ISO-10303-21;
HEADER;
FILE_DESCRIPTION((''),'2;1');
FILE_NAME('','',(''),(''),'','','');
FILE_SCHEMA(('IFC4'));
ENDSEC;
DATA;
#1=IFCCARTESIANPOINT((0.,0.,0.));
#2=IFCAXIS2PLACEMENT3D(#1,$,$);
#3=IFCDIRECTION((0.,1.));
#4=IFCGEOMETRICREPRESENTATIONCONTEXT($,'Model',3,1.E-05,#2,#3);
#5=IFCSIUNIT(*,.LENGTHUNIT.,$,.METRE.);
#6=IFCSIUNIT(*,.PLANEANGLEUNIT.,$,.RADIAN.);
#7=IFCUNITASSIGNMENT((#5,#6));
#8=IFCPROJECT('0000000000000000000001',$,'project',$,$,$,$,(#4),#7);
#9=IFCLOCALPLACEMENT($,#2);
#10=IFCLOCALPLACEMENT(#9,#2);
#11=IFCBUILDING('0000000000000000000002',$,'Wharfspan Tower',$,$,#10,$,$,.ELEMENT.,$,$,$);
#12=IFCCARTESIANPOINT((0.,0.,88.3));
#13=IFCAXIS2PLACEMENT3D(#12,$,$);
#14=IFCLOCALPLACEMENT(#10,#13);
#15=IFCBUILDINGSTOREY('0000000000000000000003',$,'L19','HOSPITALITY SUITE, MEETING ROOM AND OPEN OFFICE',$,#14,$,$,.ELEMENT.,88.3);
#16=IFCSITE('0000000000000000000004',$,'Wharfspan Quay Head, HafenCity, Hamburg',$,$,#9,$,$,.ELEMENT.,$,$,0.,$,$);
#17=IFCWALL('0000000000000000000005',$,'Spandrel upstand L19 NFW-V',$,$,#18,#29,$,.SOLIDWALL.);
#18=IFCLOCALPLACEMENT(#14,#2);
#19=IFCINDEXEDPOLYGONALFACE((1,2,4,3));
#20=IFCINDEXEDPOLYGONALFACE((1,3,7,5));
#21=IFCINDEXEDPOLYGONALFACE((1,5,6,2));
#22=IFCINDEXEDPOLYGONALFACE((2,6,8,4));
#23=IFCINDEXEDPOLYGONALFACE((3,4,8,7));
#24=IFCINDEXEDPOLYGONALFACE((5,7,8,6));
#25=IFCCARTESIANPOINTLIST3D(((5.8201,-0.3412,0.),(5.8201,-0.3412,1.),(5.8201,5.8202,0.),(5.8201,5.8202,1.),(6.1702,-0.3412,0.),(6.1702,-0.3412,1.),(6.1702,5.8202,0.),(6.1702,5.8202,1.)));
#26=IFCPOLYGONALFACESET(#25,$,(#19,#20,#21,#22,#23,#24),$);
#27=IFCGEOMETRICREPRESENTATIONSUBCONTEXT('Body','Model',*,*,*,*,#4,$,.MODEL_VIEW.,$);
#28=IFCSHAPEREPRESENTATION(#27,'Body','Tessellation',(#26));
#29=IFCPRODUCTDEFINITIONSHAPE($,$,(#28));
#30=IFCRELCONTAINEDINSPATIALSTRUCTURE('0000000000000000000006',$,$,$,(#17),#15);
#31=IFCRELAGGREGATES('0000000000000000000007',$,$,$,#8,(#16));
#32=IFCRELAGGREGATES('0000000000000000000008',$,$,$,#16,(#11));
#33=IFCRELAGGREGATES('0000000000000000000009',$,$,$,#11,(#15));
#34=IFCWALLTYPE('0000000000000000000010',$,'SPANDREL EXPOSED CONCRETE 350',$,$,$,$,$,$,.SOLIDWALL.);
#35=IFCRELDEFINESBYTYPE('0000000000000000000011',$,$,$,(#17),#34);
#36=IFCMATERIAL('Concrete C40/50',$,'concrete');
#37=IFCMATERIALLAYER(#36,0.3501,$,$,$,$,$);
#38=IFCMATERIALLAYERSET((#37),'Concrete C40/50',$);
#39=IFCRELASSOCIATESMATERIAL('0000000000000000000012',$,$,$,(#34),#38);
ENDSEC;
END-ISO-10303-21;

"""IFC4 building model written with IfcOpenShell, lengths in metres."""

from ifc_helpers import new_model, si_unit, direction, frame, frame_2d, origin, place, context, subcontext, project, spatial, rectangle, extrude, material, layer, layer_set, type_object, element, save


model = new_model("IFC4")

# Units and contexts
model_context = context("Model", 3, precision=1e-05, world=origin(), true_north=direction((0.0, 1.0)))
body_context = subcontext(model_context, "Body", "Model", "MODEL_VIEW")
ifc_project = project(units=[si_unit("LENGTHUNIT", "METRE"), si_unit("PLANEANGLEUNIT", "RADIAN")], contexts=[model_context])

# Site, building, storey
site_placement = place(None, origin())
site = spatial("IfcSite", under=ifc_project, at=site_placement, Name="Wharfspan Quay Head, HafenCity, Hamburg", CompositionType="ELEMENT", RefElevation=0.0)
building_placement = place(site_placement, origin())
building = spatial("IfcBuilding", under=site, at=building_placement, Name="Wharfspan Tower", CompositionType="ELEMENT")
storey_placement = place(building_placement, frame((0.0, 0.0, 88.3)))
storey = spatial("IfcBuildingStorey", under=building, at=storey_placement, Name="L19", Description="HOSPITALITY SUITE, MEETING ROOM AND OPEN OFFICE", CompositionType="ELEMENT", Elevation=88.3)

# Shared definitions
ifc_material_1 = material(Name="Concrete C40/50", Category="concrete")

# Wall
ifc_layer_1 = layer(ifc_material_1, 0.3501)
ifc_layer_set_1 = layer_set([ifc_layer_1], Name="Concrete C40/50")
wall_type_1 = type_object("IfcWallType", Name="SPANDREL EXPOSED CONCRETE 350", PredefinedType="SOLIDWALL", material=ifc_layer_set_1)
wall_1_placement = place(storey_placement, frame((5.9951, 5.8201, 0.0), z_axis=(0.0, 0.0, 1.0), x_axis=(0.0, -1.0, 0.0)))
element("IfcWall", 1, at=wall_1_placement, inside=storey, type_object=wall_type_1, Name="Spandrel upstand L19 NFW-V", PredefinedType="SOLIDWALL", context=body_context, shape_type="SweptSolid", body=[
    extrude(rectangle(XDim=6.1614, YDim=0.3501, at=frame_2d((3.0806, 0.0))), origin(), (0.0, 0.0, 1.0), 1.0),
])

save(model, "model.ifc")
